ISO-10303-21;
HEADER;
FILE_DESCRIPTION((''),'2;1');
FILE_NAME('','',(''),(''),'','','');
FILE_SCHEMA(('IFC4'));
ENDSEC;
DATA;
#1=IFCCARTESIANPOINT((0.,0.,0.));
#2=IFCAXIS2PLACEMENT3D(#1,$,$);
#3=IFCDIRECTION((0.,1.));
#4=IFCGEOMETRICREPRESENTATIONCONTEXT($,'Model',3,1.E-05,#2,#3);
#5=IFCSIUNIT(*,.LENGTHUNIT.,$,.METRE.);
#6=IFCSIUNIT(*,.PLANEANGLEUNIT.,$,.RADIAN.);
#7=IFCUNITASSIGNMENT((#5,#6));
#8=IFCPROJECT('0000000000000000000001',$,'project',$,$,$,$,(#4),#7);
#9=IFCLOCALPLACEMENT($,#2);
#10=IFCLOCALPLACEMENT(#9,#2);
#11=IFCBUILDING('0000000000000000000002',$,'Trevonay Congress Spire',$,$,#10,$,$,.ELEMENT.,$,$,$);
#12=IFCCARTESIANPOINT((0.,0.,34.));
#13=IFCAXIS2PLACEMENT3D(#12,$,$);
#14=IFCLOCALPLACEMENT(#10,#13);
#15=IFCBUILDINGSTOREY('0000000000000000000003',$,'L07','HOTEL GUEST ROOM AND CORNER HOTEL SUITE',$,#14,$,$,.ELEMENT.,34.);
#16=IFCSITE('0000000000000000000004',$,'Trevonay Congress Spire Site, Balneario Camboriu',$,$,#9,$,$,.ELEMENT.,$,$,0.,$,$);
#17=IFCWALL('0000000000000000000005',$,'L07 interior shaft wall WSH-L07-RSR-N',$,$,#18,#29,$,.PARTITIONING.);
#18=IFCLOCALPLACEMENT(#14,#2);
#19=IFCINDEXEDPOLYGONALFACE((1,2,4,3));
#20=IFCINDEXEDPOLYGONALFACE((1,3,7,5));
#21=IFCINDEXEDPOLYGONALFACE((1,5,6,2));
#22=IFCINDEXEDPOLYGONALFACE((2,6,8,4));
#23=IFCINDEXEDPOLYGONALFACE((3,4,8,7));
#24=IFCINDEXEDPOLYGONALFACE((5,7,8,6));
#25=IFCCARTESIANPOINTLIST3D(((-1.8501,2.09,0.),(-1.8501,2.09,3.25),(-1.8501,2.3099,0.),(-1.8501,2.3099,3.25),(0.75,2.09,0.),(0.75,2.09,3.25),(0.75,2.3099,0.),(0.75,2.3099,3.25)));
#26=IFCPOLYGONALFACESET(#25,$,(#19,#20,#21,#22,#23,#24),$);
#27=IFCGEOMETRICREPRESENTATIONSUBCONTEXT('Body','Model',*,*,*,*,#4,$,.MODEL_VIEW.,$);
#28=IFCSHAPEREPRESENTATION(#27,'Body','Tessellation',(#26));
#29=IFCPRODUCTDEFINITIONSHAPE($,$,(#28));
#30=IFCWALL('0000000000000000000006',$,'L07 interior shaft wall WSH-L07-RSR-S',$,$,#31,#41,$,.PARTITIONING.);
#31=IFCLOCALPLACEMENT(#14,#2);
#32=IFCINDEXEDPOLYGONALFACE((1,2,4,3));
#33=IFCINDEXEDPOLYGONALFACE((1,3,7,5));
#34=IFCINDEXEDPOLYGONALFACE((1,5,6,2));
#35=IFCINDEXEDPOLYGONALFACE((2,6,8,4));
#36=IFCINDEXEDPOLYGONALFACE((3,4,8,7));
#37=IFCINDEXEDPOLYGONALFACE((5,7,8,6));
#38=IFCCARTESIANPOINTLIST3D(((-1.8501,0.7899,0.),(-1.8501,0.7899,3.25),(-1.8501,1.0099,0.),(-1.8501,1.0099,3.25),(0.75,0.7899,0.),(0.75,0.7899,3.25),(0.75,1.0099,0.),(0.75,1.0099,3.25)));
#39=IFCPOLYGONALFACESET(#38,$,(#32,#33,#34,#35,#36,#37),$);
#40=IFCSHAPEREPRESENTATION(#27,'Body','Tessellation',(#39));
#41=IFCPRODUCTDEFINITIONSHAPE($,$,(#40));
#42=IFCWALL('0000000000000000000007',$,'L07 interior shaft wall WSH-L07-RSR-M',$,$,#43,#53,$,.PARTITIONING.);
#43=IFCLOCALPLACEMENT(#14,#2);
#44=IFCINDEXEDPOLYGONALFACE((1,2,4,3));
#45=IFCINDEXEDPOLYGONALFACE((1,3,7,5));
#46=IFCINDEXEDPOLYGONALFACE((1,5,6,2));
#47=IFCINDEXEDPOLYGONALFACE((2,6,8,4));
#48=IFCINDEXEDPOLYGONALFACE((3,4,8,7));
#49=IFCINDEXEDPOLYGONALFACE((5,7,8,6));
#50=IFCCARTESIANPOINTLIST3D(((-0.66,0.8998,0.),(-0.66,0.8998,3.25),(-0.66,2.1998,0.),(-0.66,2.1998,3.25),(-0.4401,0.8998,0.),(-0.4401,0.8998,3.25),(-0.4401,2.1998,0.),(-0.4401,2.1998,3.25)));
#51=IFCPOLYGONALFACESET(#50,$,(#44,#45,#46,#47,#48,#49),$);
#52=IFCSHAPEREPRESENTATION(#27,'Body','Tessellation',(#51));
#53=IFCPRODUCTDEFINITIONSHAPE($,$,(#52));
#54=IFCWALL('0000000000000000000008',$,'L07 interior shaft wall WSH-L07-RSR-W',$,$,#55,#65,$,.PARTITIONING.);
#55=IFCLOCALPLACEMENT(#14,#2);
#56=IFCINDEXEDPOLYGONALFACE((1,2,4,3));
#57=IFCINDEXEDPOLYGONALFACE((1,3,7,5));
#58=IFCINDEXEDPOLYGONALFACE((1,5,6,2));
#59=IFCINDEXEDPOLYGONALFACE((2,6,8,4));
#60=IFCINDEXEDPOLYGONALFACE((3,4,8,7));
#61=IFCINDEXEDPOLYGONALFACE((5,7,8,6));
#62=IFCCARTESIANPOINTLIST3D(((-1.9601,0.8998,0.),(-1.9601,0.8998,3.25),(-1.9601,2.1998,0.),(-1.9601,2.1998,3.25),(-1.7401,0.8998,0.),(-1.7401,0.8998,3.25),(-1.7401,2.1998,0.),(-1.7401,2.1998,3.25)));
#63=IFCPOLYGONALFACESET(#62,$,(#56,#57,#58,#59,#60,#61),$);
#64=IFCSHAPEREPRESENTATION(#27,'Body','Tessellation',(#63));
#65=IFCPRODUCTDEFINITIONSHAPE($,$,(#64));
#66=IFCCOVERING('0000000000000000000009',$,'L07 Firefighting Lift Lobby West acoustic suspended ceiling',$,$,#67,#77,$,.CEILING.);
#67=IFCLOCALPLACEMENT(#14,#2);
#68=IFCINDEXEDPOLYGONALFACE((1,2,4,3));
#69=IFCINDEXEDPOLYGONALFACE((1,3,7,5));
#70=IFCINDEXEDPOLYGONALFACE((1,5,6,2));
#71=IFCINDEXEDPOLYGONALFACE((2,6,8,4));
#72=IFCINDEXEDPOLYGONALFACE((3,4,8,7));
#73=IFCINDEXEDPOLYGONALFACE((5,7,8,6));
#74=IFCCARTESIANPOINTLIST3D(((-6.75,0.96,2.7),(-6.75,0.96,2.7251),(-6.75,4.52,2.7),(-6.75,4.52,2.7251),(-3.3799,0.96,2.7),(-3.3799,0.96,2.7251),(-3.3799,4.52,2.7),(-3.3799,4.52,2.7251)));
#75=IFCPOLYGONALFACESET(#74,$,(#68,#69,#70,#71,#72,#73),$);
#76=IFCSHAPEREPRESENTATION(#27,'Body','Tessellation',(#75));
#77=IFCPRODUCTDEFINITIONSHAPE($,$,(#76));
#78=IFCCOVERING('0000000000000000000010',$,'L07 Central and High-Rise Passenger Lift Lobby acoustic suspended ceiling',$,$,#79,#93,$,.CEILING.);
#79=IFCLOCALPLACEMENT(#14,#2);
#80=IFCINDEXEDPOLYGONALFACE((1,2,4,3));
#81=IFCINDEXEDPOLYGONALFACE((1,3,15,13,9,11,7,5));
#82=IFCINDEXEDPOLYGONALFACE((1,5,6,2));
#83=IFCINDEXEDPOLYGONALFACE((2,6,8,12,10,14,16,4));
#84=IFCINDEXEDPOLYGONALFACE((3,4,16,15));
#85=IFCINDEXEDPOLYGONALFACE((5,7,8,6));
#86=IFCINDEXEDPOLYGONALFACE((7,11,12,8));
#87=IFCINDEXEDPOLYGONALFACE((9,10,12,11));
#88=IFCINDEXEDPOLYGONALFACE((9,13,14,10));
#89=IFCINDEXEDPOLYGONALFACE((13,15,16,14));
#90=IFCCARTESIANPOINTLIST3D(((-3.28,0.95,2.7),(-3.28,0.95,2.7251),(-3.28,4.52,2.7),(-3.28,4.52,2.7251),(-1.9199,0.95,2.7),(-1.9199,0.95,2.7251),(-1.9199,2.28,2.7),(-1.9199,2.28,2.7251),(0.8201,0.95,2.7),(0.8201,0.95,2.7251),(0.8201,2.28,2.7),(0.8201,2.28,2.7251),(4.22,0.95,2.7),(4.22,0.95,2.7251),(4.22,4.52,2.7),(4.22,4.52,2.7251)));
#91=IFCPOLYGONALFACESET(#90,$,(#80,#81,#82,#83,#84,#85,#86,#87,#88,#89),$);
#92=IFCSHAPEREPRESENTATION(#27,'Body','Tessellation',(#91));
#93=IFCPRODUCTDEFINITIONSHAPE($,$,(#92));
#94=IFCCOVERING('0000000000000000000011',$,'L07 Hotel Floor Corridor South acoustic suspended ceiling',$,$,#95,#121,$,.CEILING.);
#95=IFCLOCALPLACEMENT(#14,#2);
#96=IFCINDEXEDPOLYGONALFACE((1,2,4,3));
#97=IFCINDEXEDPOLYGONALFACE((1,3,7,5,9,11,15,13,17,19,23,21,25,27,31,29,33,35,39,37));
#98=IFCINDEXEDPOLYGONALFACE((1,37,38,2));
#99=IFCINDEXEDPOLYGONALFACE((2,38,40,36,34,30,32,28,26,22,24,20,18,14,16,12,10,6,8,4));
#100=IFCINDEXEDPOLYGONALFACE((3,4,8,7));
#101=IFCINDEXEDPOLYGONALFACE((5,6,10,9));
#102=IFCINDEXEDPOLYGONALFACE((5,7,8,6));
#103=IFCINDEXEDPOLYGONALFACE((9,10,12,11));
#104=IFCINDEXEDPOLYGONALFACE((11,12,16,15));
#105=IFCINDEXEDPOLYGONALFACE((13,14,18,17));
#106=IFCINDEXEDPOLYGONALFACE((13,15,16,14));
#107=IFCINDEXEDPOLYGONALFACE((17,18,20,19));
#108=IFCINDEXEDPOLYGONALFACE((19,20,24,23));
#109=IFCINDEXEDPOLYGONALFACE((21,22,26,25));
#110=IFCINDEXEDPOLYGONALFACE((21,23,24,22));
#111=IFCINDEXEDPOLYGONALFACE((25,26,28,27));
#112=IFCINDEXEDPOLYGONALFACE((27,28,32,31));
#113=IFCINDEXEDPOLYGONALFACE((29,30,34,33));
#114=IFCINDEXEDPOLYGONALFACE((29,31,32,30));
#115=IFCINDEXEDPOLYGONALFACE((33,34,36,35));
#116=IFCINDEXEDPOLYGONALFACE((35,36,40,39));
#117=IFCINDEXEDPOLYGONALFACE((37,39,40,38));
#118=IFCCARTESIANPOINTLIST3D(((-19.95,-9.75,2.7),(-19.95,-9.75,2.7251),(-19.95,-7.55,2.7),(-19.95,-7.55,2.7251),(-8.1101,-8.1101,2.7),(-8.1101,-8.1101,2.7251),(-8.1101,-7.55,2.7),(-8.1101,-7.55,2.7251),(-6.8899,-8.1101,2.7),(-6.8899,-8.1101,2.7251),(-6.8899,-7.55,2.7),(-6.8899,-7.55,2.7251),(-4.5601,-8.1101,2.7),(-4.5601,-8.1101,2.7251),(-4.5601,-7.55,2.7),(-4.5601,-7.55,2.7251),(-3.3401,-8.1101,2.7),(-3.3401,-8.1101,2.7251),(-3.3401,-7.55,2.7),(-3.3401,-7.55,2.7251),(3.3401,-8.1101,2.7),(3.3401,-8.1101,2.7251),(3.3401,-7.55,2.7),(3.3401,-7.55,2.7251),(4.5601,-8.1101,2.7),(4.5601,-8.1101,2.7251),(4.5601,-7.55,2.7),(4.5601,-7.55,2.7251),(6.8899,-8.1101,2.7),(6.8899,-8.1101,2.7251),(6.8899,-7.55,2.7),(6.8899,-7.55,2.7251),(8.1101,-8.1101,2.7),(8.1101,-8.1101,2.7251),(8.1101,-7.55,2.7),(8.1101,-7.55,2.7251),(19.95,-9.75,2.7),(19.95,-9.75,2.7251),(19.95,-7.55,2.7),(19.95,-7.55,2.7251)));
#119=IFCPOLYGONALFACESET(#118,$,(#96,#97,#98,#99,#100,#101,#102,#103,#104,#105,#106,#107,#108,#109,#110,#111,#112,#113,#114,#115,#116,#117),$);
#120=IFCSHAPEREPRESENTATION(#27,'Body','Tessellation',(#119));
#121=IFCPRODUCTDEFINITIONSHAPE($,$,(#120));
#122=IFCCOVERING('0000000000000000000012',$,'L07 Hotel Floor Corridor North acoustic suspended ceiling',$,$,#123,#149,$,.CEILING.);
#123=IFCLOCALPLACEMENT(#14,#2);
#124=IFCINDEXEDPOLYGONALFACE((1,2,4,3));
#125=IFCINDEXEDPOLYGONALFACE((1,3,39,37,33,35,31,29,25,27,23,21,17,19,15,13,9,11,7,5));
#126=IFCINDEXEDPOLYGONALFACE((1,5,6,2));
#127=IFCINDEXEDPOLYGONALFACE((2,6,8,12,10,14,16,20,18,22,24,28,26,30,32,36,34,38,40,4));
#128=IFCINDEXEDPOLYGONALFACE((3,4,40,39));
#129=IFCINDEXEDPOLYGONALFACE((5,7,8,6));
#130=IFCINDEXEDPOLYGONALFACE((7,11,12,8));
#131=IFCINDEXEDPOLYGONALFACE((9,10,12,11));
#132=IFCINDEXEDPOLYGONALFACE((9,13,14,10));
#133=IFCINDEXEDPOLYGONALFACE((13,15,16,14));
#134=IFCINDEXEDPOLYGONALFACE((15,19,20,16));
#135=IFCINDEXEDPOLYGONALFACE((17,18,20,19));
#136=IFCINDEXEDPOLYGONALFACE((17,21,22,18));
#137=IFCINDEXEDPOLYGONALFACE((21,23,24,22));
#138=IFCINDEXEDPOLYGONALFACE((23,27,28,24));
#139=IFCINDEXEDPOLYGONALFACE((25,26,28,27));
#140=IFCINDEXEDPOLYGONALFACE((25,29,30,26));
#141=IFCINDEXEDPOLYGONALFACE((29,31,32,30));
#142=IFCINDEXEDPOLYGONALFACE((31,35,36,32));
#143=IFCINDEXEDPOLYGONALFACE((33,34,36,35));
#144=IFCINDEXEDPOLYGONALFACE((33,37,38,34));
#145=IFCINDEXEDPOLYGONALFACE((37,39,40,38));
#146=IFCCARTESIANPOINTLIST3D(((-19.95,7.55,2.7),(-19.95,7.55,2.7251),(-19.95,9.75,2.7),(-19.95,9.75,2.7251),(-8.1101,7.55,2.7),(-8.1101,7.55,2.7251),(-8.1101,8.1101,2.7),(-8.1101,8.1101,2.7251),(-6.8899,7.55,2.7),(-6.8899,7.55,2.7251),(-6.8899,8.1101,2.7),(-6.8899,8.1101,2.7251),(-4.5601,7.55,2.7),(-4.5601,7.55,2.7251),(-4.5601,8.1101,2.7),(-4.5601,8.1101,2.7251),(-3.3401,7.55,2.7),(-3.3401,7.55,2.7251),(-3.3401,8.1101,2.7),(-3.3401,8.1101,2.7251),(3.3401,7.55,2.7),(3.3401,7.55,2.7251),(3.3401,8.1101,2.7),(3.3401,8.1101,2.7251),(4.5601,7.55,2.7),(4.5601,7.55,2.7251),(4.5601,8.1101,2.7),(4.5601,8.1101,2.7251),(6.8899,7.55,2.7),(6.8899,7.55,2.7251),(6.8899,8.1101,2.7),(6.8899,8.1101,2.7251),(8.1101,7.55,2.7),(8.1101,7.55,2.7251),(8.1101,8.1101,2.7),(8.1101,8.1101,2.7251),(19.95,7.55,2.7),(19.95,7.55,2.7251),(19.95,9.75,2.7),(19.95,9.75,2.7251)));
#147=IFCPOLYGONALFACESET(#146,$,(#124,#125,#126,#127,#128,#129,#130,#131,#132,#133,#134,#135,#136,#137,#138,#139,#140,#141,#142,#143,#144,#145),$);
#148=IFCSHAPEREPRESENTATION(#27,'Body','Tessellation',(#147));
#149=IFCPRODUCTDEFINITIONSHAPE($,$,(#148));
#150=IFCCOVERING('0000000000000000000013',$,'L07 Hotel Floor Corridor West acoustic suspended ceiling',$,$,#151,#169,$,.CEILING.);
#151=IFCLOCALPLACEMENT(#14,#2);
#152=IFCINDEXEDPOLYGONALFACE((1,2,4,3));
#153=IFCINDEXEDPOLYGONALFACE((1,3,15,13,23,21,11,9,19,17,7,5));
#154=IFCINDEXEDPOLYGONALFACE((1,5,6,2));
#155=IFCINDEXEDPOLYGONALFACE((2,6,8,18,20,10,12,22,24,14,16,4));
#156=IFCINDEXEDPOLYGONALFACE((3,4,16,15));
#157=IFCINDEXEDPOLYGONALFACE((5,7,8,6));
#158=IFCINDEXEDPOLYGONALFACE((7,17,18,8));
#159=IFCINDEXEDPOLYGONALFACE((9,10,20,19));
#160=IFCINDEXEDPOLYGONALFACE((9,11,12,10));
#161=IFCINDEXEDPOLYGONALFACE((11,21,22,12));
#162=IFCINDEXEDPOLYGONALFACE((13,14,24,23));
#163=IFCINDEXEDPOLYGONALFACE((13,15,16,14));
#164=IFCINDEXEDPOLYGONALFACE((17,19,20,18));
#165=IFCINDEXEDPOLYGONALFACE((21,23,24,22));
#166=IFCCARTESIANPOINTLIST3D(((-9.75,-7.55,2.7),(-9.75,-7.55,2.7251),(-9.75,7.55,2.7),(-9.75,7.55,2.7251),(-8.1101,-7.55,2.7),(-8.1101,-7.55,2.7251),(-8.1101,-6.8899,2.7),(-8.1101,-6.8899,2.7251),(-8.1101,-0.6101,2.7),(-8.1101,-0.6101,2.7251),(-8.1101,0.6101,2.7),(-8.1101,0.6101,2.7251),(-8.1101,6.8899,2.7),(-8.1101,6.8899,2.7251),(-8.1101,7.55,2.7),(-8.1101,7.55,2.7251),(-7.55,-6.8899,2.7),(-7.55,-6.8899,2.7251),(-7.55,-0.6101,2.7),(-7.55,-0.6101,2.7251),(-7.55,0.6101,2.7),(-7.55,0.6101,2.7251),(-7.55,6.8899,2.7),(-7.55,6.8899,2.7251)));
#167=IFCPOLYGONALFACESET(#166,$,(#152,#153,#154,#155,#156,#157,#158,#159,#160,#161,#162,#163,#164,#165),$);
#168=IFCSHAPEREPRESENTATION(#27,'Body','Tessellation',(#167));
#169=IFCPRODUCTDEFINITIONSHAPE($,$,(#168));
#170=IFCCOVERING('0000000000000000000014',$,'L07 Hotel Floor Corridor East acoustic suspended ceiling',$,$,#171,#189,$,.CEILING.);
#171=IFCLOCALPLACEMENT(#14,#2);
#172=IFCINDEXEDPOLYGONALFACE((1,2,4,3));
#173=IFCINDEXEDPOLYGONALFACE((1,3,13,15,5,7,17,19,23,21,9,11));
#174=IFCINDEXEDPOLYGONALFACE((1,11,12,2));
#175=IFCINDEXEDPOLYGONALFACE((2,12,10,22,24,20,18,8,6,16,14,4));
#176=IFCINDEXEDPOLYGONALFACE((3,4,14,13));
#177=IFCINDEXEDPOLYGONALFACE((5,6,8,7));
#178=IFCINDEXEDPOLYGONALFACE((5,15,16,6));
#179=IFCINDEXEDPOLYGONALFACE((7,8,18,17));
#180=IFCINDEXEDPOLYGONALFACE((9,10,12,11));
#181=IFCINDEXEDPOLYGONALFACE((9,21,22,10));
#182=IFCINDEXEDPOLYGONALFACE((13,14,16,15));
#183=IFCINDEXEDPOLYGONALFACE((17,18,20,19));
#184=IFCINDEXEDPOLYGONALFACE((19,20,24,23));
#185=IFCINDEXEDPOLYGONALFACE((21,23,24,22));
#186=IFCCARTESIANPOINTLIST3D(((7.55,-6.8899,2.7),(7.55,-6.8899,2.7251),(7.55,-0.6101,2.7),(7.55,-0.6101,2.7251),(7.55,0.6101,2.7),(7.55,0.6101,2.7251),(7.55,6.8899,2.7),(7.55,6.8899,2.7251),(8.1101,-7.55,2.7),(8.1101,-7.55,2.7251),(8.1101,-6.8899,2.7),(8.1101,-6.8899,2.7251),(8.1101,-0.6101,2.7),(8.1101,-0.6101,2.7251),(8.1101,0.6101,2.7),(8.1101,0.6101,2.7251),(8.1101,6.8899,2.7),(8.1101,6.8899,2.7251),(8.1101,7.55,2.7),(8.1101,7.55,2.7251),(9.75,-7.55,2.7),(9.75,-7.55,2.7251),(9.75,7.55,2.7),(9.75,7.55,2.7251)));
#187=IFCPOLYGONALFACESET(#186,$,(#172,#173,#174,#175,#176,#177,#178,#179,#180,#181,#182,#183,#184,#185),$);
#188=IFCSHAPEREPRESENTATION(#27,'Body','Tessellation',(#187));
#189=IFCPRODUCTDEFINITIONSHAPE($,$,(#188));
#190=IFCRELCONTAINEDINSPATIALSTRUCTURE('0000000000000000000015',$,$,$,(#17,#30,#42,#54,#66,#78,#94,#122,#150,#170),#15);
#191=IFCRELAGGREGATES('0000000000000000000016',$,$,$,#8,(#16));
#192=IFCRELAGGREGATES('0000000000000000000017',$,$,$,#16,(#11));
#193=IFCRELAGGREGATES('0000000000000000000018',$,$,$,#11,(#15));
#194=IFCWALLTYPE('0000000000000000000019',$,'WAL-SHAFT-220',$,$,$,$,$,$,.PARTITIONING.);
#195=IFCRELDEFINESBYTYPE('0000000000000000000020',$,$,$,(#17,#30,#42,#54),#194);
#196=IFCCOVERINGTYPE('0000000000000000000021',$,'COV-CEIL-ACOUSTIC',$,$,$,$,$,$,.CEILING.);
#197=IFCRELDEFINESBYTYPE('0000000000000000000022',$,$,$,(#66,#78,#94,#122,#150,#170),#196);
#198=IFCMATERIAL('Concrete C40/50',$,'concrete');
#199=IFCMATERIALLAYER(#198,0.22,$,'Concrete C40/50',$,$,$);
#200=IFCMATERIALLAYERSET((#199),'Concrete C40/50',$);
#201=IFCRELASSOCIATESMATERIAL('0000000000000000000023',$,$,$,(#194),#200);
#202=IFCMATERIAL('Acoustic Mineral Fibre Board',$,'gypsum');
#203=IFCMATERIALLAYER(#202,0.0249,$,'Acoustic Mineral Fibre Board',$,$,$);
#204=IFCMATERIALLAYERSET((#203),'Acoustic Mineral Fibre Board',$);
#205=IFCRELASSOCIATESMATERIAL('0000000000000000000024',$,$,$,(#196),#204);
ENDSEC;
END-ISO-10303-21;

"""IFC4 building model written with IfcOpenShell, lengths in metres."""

from ifc_helpers import new_model, si_unit, direction, frame, frame_2d, origin, place, context, subcontext, project, spatial, polyline, rectangle, outline, extrude, material, layer, layer_set, type_object, element, save


model = new_model("IFC4")

# Units and contexts
model_context = context("Model", 3, precision=1e-05, world=origin(), true_north=direction((0.0, 1.0)))
body_context = subcontext(model_context, "Body", "Model", "MODEL_VIEW")
ifc_project = project(units=[si_unit("LENGTHUNIT", "METRE"), si_unit("PLANEANGLEUNIT", "RADIAN")], contexts=[model_context])

# Site, building, storey
site_placement = place(None, origin())
site = spatial("IfcSite", under=ifc_project, at=site_placement, Name="Trevonay Congress Spire Site, Balneario Camboriu", CompositionType="ELEMENT", RefElevation=0.0)
building_placement = place(site_placement, origin())
building = spatial("IfcBuilding", under=site, at=building_placement, Name="Trevonay Congress Spire", CompositionType="ELEMENT")
storey_placement = place(building_placement, frame((0.0, 0.0, 34.0)))
storey = spatial("IfcBuildingStorey", under=building, at=storey_placement, Name="L07", Description="HOTEL GUEST ROOM AND CORNER HOTEL SUITE", CompositionType="ELEMENT", Elevation=34.0)

# Walls
ifc_material_1 = material(Name="Concrete C40/50", Category="concrete")
ifc_layer_1 = layer(ifc_material_1, 0.22, Name="Concrete C40/50")
ifc_layer_set_1 = layer_set([ifc_layer_1], Name="Concrete C40/50")
wall_type = type_object("IfcWallType", Name="WAL-SHAFT-220", PredefinedType="PARTITIONING", material=ifc_layer_set_1)
for number, where, z_axis, x_axis, name in (
    (1, (-1.8501, 2.2, 0.0), (0.0, 0.0, 1.0), (1.0, 0.0, 0.0), "L07 interior shaft wall WSH-L07-RSR-N"),
    (2, (-1.8501, 0.8999, 0.0), (0.0, 0.0, 1.0), (1.0, 0.0, 0.0), "L07 interior shaft wall WSH-L07-RSR-S"),
):
    element("IfcWall", number, at=place(storey_placement, frame(where, z_axis=z_axis, x_axis=x_axis)), inside=storey, type_object=wall_type, Name=name, PredefinedType="PARTITIONING", context=body_context, shape_type="SweptSolid", body=[
        extrude(rectangle(XDim=2.6001, YDim=0.22, at=frame_2d((1.3, 0.0))), origin(), (0.0, 0.0, 1.0), 3.25),
    ])
for number, where, z_axis, x_axis, name in (
    (3, (-0.55, 0.8999, 0.0), (0.0, 0.0, 1.0), (0.0, 1.0, 0.0), "L07 interior shaft wall WSH-L07-RSR-M"),
    (4, (-1.8501, 0.8999, 0.0), (0.0, 0.0, 1.0), (0.0, 1.0, 0.0), "L07 interior shaft wall WSH-L07-RSR-W"),
):
    element("IfcWall", number, at=place(storey_placement, frame(where, z_axis=z_axis, x_axis=x_axis)), inside=storey, type_object=wall_type, Name=name, PredefinedType="PARTITIONING", context=body_context, shape_type="SweptSolid", body=[
        extrude(rectangle(XDim=1.3, YDim=0.22, at=frame_2d((0.6499, 0.0))), origin(), (0.0, 0.0, 1.0), 3.25),
    ])

# Coverings
ifc_material_2 = material(Name="Acoustic Mineral Fibre Board", Category="gypsum")
ifc_layer_2 = layer(ifc_material_2, 0.0249, Name="Acoustic Mineral Fibre Board")
ifc_layer_set_2 = layer_set([ifc_layer_2], Name="Acoustic Mineral Fibre Board")
covering_type_1 = type_object("IfcCoveringType", Name="COV-CEIL-ACOUSTIC", PredefinedType="CEILING", material=ifc_layer_set_2)
covering_1_placement = place(storey_placement, frame((0.0, 0.0, 2.7)))
element("IfcCovering", 5, at=covering_1_placement, inside=storey, type_object=covering_type_1, Name="L07 Firefighting Lift Lobby West acoustic suspended ceiling", PredefinedType="CEILING", context=body_context, shape_type="SweptSolid", body=[
    extrude(outline(polyline([(-6.75, 0.96), (-3.3799, 0.96), (-3.3799, 4.52), (-6.75, 4.52), (-6.75, 0.96)])), origin(), (0.0, 0.0, 1.0), 0.0251),
])
covering_2_placement = place(storey_placement, frame((0.0, 0.0, 2.7)))
element("IfcCovering", 6, at=covering_2_placement, inside=storey, type_object=covering_type_1, Name="L07 Central and High-Rise Passenger Lift Lobby acoustic suspended ceiling", PredefinedType="CEILING", context=body_context, shape_type="SweptSolid", body=[
    extrude(outline(polyline([(-3.28, 0.95), (-1.9199, 0.95), (-1.9199, 2.28), (0.8201, 2.28), (0.8201, 0.95), (4.22, 0.95), (4.22, 4.52), (-3.28, 4.52), (-3.28, 0.95)])), origin(), (0.0, 0.0, 1.0), 0.0251),
])
covering_3_placement = place(storey_placement, frame((0.0, 0.0, 2.7)))
element("IfcCovering", 7, at=covering_3_placement, inside=storey, type_object=covering_type_1, Name="L07 Hotel Floor Corridor South acoustic suspended ceiling", PredefinedType="CEILING", context=body_context, shape_type="SweptSolid", body=[
    extrude(outline(polyline([(19.95, -7.55), (19.95, -9.75), (-19.95, -9.75), (-19.95, -7.55), (-8.1101, -7.55), (-8.1101, -8.1101), (-6.8899, -8.1101), (-6.8899, -7.55), (-4.5601, -7.55), (-4.5601, -8.1101), (-3.3401, -8.1101), (-3.3401, -7.55), (3.3401, -7.55), (3.3401, -8.1101), (4.5601, -8.1101), (4.5601, -7.55), (6.8899, -7.55), (6.8899, -8.1101), (8.1101, -8.1101), (8.1101, -7.55), (19.95, -7.55)])), origin(), (0.0, 0.0, 1.0), 0.0251),
])
covering_4_placement = place(storey_placement, frame((0.0, 0.0, 2.7)))
element("IfcCovering", 8, at=covering_4_placement, inside=storey, type_object=covering_type_1, Name="L07 Hotel Floor Corridor North acoustic suspended ceiling", PredefinedType="CEILING", context=body_context, shape_type="SweptSolid", body=[
    extrude(outline(polyline([(-19.95, 7.55), (-19.95, 9.75), (19.95, 9.75), (19.95, 7.55), (8.1101, 7.55), (8.1101, 8.1101), (6.8899, 8.1101), (6.8899, 7.55), (4.5601, 7.55), (4.5601, 8.1101), (3.3401, 8.1101), (3.3401, 7.55), (-3.3401, 7.55), (-3.3401, 8.1101), (-4.5601, 8.1101), (-4.5601, 7.55), (-6.8899, 7.55), (-6.8899, 8.1101), (-8.1101, 8.1101), (-8.1101, 7.55), (-19.95, 7.55)])), origin(), (0.0, 0.0, 1.0), 0.0251),
])
covering_5_placement = place(storey_placement, frame((0.0, 0.0, 2.7)))
element("IfcCovering", 9, at=covering_5_placement, inside=storey, type_object=covering_type_1, Name="L07 Hotel Floor Corridor West acoustic suspended ceiling", PredefinedType="CEILING", context=body_context, shape_type="SweptSolid", body=[
    extrude(outline(polyline([(-9.75, 7.55), (-8.1101, 7.55), (-8.1101, 6.8899), (-7.55, 6.8899), (-7.55, 0.6101), (-8.1101, 0.6101), (-8.1101, -0.6101), (-7.55, -0.6101), (-7.55, -6.8899), (-8.1101, -6.8899), (-8.1101, -7.55), (-9.75, -7.55), (-9.75, 7.55)])), origin(), (0.0, 0.0, 1.0), 0.0251),
])
covering_6_placement = place(storey_placement, frame((0.0, 0.0, 2.7)))
element("IfcCovering", 10, at=covering_6_placement, inside=storey, type_object=covering_type_1, Name="L07 Hotel Floor Corridor East acoustic suspended ceiling", PredefinedType="CEILING", context=body_context, shape_type="SweptSolid", body=[
    extrude(outline(polyline([(9.75, -7.55), (8.1101, -7.55), (8.1101, -6.8899), (7.55, -6.8899), (7.55, -0.6101), (8.1101, -0.6101), (8.1101, 0.6101), (7.55, 0.6101), (7.55, 6.8899), (8.1101, 6.8899), (8.1101, 7.55), (9.75, 7.55), (9.75, -7.55)])), origin(), (0.0, 0.0, 1.0), 0.0251),
])

save(model, "model.ifc")
